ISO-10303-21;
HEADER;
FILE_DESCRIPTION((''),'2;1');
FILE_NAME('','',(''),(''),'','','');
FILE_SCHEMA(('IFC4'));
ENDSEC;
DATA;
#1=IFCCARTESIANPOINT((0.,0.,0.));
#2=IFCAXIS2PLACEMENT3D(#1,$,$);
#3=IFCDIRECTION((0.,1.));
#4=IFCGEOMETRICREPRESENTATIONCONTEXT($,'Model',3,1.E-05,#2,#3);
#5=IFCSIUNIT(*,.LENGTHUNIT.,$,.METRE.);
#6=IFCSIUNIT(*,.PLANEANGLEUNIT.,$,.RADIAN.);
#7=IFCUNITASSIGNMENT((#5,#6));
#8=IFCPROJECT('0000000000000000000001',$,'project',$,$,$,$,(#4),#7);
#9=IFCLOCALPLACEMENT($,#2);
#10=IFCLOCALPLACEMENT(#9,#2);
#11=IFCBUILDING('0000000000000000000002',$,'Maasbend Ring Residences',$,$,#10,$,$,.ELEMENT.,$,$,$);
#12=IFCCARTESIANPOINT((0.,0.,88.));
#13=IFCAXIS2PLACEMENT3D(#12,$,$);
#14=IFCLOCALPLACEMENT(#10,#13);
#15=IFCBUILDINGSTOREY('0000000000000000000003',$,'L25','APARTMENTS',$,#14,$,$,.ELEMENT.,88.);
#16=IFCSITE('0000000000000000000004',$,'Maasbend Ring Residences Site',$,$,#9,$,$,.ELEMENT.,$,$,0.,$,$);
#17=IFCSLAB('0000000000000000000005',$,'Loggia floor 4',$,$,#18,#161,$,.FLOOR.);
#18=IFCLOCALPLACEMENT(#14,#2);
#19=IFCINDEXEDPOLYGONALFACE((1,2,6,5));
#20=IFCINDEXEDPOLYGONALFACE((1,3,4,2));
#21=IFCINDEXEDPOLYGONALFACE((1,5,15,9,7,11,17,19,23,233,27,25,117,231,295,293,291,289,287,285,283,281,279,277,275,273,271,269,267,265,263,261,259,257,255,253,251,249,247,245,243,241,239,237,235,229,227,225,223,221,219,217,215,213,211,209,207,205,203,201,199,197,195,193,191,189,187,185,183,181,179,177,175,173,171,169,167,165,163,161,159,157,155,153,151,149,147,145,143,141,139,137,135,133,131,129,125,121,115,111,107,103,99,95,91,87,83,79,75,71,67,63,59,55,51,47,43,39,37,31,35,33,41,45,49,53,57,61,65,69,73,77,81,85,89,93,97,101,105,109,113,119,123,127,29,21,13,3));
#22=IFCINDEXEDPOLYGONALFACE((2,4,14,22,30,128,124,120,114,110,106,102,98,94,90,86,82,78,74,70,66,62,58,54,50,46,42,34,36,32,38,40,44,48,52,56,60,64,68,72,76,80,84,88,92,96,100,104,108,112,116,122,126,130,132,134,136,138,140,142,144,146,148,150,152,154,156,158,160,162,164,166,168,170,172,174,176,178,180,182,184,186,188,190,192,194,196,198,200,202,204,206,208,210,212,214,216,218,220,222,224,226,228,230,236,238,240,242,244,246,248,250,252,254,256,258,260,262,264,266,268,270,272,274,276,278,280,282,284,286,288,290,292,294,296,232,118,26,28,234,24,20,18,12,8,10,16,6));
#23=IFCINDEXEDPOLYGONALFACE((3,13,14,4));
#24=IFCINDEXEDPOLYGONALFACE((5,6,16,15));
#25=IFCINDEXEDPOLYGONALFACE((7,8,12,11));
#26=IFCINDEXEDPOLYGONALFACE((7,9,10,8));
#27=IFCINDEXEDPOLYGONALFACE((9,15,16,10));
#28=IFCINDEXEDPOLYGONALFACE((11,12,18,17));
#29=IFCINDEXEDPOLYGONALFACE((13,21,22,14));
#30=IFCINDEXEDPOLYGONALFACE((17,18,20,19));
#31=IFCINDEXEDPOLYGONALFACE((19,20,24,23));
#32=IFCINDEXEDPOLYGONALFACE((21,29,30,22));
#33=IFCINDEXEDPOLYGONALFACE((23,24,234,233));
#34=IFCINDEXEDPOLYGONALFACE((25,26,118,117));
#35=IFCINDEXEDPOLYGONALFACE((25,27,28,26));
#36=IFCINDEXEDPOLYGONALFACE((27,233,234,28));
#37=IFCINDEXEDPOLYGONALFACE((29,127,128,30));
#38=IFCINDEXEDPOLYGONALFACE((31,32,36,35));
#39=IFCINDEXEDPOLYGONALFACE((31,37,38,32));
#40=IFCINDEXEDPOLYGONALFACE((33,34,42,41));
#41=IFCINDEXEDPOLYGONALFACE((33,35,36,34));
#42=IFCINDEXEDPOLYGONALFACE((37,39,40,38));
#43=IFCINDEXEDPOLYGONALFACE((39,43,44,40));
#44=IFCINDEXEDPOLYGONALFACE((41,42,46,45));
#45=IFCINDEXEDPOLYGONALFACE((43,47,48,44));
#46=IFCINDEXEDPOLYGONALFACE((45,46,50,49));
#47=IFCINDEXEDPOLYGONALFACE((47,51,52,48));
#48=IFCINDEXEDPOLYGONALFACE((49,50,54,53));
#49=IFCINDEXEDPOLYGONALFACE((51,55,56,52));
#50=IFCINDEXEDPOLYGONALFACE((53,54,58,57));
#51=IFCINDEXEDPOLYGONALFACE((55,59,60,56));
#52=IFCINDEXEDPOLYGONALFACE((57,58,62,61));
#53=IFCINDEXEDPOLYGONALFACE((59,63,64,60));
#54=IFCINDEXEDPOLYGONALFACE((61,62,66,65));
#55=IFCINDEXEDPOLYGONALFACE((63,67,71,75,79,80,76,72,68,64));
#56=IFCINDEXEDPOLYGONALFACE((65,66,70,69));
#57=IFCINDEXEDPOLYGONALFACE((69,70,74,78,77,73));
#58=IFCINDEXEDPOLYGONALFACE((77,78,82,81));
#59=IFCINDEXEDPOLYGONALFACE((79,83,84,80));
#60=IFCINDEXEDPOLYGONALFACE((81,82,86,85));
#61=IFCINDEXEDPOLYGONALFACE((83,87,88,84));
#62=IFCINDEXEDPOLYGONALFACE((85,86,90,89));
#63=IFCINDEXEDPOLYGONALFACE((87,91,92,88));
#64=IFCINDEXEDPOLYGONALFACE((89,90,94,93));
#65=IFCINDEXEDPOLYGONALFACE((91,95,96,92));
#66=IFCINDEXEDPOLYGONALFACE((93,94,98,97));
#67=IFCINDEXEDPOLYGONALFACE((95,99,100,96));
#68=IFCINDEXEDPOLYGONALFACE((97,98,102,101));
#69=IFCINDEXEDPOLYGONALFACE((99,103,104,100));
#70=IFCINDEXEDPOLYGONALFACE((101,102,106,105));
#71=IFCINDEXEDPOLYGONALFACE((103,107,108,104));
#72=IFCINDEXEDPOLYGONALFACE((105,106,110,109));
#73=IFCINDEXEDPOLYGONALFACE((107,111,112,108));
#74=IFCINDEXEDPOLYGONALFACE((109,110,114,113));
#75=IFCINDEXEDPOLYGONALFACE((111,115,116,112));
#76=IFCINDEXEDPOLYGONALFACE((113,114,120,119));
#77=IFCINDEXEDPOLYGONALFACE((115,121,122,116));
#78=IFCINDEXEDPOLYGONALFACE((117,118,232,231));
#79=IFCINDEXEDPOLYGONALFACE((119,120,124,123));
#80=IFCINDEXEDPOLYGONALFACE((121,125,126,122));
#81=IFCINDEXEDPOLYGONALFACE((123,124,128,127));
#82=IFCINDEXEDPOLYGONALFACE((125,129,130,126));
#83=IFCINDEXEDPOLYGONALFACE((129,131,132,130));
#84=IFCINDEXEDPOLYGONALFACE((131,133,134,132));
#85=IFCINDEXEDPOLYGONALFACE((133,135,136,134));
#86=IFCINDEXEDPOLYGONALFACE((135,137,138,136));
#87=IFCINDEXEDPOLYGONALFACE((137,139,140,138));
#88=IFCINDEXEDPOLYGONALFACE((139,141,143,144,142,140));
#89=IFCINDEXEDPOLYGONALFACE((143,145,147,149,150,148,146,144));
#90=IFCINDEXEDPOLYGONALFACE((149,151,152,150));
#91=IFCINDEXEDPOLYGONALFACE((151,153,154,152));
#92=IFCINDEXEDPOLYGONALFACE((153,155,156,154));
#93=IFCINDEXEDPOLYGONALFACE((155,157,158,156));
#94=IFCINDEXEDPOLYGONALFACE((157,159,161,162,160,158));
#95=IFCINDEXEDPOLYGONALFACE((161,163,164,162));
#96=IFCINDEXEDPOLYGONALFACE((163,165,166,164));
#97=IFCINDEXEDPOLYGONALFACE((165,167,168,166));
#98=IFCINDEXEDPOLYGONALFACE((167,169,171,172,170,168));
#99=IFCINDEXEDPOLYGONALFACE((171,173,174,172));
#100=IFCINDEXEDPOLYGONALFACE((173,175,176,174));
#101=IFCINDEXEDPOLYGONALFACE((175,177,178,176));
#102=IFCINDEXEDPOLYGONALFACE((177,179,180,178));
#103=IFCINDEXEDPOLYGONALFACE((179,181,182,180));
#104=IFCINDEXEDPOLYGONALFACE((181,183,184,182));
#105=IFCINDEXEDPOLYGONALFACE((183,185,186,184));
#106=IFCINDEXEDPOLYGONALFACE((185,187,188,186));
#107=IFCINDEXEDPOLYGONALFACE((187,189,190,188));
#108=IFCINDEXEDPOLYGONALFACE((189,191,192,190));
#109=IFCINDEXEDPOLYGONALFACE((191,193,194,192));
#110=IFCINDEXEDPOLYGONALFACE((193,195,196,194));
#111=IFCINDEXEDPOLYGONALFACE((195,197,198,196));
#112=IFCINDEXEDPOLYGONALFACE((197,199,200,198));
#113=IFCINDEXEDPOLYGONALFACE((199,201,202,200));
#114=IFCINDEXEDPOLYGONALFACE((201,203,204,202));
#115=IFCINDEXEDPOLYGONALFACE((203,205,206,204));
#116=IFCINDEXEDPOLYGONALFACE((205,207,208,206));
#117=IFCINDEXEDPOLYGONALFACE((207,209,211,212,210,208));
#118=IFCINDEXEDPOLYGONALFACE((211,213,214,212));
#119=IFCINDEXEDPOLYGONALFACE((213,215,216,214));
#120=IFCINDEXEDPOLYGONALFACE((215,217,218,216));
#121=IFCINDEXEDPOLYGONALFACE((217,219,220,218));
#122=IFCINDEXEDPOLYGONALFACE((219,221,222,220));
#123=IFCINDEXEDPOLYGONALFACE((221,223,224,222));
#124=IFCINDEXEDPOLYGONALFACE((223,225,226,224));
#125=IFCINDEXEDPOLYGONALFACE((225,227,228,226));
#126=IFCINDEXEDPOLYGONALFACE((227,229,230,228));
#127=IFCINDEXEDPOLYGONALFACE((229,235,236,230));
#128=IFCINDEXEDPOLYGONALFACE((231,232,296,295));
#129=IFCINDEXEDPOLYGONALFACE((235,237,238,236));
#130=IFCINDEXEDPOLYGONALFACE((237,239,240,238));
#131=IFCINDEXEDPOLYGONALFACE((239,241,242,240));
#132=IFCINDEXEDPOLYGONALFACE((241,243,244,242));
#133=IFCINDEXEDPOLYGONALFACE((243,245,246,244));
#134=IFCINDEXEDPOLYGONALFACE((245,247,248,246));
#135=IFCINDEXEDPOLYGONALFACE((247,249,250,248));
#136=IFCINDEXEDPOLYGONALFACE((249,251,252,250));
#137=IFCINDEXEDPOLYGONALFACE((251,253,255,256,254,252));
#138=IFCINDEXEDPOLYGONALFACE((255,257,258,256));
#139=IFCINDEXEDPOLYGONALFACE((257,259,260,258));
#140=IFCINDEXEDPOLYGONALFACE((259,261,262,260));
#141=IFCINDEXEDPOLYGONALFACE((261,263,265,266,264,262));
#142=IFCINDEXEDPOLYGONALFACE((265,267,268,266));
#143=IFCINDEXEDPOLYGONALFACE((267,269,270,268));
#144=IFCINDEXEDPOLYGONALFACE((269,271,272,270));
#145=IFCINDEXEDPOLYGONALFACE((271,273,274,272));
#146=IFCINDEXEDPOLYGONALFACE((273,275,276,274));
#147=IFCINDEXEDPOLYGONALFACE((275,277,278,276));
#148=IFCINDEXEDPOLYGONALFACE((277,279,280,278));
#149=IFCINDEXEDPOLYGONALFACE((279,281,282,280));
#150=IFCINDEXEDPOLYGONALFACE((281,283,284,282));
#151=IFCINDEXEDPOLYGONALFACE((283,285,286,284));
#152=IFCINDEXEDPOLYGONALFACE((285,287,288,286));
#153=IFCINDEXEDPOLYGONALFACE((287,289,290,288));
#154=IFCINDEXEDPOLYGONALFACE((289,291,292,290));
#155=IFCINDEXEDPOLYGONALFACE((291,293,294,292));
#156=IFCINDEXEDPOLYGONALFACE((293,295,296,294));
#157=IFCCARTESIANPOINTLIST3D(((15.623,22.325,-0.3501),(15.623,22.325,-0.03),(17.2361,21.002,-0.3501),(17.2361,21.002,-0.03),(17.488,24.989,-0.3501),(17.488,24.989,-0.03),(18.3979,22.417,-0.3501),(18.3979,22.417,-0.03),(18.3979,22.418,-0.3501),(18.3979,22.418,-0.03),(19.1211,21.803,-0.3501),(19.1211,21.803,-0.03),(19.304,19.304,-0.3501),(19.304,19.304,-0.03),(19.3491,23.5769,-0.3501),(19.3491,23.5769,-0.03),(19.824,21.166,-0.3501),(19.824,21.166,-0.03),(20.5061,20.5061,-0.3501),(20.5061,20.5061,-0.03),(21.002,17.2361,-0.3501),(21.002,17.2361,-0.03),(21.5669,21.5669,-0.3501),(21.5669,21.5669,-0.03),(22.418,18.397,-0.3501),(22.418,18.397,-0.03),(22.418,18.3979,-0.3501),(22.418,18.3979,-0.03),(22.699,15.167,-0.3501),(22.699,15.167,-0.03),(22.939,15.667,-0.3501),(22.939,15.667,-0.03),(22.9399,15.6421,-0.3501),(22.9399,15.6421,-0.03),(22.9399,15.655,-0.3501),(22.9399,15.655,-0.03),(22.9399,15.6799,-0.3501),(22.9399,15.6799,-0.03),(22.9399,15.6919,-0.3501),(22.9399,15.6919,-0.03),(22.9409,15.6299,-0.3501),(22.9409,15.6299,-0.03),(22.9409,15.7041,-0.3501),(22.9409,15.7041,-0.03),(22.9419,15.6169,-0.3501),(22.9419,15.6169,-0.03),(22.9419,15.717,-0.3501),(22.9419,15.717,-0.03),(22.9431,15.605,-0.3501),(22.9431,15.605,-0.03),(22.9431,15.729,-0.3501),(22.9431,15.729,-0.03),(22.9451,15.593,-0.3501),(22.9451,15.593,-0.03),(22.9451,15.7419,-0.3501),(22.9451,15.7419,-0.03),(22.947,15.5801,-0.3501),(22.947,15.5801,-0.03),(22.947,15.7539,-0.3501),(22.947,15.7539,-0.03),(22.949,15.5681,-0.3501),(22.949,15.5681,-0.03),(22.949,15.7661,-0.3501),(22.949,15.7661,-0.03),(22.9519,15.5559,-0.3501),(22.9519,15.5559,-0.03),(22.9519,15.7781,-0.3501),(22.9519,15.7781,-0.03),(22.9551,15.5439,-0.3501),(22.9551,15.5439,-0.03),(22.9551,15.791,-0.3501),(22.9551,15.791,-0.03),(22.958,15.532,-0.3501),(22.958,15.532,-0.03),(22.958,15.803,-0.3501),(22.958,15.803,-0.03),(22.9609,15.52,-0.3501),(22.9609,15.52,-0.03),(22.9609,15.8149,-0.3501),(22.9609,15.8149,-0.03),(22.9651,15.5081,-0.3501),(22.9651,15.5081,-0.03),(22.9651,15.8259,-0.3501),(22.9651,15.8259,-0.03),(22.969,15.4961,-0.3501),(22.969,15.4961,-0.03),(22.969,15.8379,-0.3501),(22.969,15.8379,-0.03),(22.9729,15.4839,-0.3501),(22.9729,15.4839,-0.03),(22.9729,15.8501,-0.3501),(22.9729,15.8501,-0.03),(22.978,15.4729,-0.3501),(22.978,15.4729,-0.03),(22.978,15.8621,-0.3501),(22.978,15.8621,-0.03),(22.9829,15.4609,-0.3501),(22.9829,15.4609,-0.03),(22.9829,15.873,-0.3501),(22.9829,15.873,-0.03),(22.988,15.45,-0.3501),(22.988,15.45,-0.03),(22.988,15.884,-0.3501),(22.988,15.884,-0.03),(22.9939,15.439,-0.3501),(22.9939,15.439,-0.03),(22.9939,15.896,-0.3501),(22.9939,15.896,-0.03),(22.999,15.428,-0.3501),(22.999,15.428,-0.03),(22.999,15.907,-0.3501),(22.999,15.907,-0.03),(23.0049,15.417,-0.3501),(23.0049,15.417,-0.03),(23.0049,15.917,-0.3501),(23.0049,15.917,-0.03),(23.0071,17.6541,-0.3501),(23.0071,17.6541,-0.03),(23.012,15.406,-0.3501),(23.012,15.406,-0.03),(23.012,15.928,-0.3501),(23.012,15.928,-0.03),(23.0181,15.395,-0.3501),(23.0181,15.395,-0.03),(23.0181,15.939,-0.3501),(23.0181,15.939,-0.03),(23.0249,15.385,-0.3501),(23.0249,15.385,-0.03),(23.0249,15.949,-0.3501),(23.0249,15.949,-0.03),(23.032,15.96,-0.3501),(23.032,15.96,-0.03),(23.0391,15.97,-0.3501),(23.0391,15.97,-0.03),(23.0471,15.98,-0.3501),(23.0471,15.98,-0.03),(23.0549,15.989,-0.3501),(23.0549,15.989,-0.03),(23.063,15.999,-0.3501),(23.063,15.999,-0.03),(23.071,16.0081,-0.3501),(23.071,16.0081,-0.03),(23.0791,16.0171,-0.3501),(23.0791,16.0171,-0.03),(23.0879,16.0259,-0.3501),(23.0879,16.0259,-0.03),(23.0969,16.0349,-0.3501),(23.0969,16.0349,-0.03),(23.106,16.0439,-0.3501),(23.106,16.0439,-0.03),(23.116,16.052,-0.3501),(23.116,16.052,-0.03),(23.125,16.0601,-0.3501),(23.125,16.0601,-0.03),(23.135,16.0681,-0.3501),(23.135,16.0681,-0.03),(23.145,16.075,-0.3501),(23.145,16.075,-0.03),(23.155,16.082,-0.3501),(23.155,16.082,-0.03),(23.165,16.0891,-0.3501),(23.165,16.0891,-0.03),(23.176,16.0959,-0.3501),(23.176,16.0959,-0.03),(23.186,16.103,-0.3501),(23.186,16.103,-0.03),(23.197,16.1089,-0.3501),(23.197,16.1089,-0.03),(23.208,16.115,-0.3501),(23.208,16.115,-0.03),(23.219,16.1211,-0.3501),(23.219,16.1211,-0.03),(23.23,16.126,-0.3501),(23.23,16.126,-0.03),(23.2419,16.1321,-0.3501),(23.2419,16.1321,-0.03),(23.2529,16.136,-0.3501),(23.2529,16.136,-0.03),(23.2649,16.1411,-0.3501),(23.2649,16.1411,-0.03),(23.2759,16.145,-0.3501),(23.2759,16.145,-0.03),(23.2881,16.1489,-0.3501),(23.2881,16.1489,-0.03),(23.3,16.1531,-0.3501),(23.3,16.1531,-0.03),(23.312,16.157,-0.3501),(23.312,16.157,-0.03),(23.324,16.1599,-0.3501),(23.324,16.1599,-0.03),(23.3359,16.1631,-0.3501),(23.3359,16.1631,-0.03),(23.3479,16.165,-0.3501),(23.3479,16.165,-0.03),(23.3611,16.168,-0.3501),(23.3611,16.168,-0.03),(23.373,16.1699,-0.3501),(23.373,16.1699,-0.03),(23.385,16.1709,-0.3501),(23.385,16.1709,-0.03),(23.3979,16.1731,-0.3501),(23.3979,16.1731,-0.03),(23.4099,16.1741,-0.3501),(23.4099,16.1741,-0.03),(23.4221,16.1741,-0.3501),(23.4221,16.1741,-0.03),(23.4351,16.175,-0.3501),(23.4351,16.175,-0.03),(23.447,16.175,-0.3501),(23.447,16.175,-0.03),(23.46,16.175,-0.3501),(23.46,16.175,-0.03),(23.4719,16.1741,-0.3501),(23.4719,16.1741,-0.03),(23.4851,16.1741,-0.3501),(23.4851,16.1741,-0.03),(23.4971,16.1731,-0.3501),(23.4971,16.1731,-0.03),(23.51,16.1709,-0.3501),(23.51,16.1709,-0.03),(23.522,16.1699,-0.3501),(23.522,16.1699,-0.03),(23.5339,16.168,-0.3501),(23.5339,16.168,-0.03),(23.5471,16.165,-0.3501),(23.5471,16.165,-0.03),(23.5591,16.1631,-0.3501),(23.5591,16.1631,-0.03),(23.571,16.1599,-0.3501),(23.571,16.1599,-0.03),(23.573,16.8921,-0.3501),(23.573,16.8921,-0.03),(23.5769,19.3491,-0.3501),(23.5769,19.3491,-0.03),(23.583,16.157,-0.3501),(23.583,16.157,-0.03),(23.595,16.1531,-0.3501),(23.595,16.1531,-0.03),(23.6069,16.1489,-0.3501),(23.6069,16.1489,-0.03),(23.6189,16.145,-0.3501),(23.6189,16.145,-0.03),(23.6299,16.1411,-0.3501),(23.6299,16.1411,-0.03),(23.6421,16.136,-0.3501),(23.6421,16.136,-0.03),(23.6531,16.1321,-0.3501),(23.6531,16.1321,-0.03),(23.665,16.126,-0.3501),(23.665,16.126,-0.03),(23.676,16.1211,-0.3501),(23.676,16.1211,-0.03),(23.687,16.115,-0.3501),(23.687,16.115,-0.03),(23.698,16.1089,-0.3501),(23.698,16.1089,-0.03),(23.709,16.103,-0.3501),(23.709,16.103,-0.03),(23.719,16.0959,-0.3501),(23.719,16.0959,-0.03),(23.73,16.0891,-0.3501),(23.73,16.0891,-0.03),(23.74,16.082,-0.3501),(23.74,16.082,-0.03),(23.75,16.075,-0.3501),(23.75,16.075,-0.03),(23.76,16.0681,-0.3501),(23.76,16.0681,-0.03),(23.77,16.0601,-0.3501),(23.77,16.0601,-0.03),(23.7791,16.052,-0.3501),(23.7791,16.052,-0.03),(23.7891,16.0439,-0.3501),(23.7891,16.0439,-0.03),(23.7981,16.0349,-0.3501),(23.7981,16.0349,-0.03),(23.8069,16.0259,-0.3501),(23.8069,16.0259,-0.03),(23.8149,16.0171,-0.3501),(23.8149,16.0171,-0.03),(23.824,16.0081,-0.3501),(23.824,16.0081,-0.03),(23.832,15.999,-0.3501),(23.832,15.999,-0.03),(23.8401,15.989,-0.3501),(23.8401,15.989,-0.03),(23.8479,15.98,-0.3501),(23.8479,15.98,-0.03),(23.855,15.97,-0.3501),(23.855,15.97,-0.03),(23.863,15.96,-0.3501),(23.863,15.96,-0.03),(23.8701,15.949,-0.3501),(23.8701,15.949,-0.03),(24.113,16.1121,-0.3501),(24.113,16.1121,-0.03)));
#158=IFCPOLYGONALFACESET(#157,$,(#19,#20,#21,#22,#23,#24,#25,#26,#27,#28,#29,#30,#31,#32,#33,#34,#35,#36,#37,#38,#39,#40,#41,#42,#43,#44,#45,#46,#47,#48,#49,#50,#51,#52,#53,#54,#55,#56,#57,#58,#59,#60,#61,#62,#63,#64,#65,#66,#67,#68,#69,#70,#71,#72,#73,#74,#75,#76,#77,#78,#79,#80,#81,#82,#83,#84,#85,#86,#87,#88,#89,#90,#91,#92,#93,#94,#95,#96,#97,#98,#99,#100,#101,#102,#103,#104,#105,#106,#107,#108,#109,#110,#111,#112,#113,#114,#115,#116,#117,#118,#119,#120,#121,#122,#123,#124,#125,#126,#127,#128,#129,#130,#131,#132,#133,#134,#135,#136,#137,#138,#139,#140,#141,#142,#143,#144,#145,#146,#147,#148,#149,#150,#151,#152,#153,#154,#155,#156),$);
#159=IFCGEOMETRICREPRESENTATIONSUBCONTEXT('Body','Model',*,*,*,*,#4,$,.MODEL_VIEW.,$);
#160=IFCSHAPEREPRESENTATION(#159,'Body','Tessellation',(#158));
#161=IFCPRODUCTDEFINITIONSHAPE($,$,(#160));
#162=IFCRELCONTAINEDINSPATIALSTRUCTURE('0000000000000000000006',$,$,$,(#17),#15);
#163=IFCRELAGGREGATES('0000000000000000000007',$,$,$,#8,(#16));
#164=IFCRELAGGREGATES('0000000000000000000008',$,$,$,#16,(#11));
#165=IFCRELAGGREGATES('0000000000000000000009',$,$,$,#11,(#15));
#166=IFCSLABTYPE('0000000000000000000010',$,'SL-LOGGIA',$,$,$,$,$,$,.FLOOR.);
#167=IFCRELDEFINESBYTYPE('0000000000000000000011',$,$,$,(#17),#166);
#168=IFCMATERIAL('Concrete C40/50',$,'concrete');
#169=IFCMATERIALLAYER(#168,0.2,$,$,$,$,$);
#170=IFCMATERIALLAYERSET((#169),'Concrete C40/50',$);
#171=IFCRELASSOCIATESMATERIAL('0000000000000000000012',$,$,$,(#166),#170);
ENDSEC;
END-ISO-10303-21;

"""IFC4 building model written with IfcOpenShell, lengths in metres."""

from ifc_helpers import new_model, si_unit, direction, frame, origin, place, context, subcontext, project, spatial, polyline, outline, extrude, material, layer, layer_set, type_object, element, save


model = new_model("IFC4")

# Units and contexts
model_context = context("Model", 3, precision=1e-05, world=origin(), true_north=direction((0.0, 1.0)))
body_context = subcontext(model_context, "Body", "Model", "MODEL_VIEW")
ifc_project = project(units=[si_unit("LENGTHUNIT", "METRE"), si_unit("PLANEANGLEUNIT", "RADIAN")], contexts=[model_context])

# Site, building, storey
site_placement = place(None, origin())
site = spatial("IfcSite", under=ifc_project, at=site_placement, Name="Maasbend Ring Residences Site", CompositionType="ELEMENT", RefElevation=0.0)
building_placement = place(site_placement, origin())
building = spatial("IfcBuilding", under=site, at=building_placement, Name="Maasbend Ring Residences", CompositionType="ELEMENT")
storey_placement = place(building_placement, frame((0.0, 0.0, 88.0)))
storey = spatial("IfcBuildingStorey", under=building, at=storey_placement, Name="L25", Description="APARTMENTS", CompositionType="ELEMENT", Elevation=88.0)

# Slab
ifc_material_1 = material(Name="Concrete C40/50", Category="concrete")
ifc_layer_1 = layer(ifc_material_1, 0.2)
ifc_layer_set_1 = layer_set([ifc_layer_1], Name="Concrete C40/50")
slab_type_1 = type_object("IfcSlabType", Name="SL-LOGGIA", PredefinedType="FLOOR", material=ifc_layer_set_1)
slab_1_placement = place(storey_placement, frame((0.0, 0.0, -0.3501)))
element("IfcSlab", 1, at=slab_1_placement, inside=storey, type_object=slab_type_1, Name="Loggia floor 4", PredefinedType="FLOOR", context=body_context, shape_type="SweptSolid", body=[
    extrude(outline(polyline([(19.3491, 23.5769), (19.3491, 23.5769), (19.3491, 23.5769), (18.3979, 22.418), (18.3979, 22.418), (18.3979, 22.418), (18.3979, 22.418), (18.3979, 22.418), (18.3979, 22.417), (18.3979, 22.417), (18.3979, 22.417), (18.3979, 22.417), (18.3979, 22.417), (18.3979, 22.417), (18.3979, 22.417), (18.3979, 22.417), (18.3979, 22.417), (18.3979, 22.417), (18.3979, 22.417), (18.3979, 22.417), (19.1211, 21.803), (19.1211, 21.803), (19.824, 21.166), (19.824, 21.166), (20.5061, 20.5061), (20.5061, 20.5061), (20.5061, 20.5061), (20.5061, 20.5061), (20.5061, 20.5061), (20.5061, 20.5061), (20.5061, 20.5061), (20.5061, 20.5061), (20.5061, 20.5061), (20.5061, 20.5061), (20.5061, 20.5061), (20.5061, 20.5061), (20.5061, 20.5061), (20.5061, 20.5061), (20.5061, 20.5061), (20.5061, 20.5061), (20.5061, 20.5061), (21.5669, 21.5669), (21.5669, 21.5669), (21.5669, 21.5669), (23.5769, 19.3491), (23.5769, 19.3491), (23.5769, 19.3491), (22.418, 18.3979), (22.418, 18.3979), (22.418, 18.3979), (22.418, 18.3979), (22.418, 18.3979), (22.418, 18.3979), (22.418, 18.397), (22.418, 18.397), (22.418, 18.397), (22.418, 18.397), (22.418, 18.397), (22.418, 18.397), (22.418, 18.397), (22.418, 18.397), (22.418, 18.397), (22.418, 18.397), (22.418, 18.397), (23.0071, 17.6541), (23.0071, 17.6541), (23.573, 16.8921), (23.573, 16.8921), (24.113, 16.1121), (24.113, 16.1121), (24.113, 16.1121), (23.8701, 15.949), (23.8701, 15.949), (23.863, 15.96), (23.855, 15.97), (23.8479, 15.98), (23.8401, 15.989), (23.832, 15.999), (23.824, 16.0081), (23.8149, 16.0171), (23.8069, 16.0259), (23.7981, 16.0349), (23.7891, 16.0439), (23.7791, 16.052), (23.77, 16.0601), (23.76, 16.0681), (23.75, 16.075), (23.74, 16.082), (23.73, 16.0891), (23.719, 16.0959), (23.709, 16.103), (23.698, 16.1089), (23.687, 16.115), (23.676, 16.1211), (23.665, 16.126), (23.6531, 16.1321), (23.6421, 16.136), (23.6299, 16.1411), (23.6189, 16.145), (23.6069, 16.1489), (23.595, 16.1531), (23.583, 16.157), (23.571, 16.1599), (23.5591, 16.1631), (23.5471, 16.165), (23.5339, 16.168), (23.522, 16.1699), (23.51, 16.1709), (23.4971, 16.1731), (23.4851, 16.1741), (23.4719, 16.1741), (23.46, 16.175), (23.447, 16.175), (23.4351, 16.175), (23.4221, 16.1741), (23.4099, 16.1741), (23.3979, 16.1731), (23.385, 16.1709), (23.373, 16.1699), (23.3611, 16.168), (23.3479, 16.165), (23.3359, 16.1631), (23.324, 16.1599), (23.312, 16.157), (23.3, 16.1531), (23.2881, 16.1489), (23.2759, 16.145), (23.2649, 16.1411), (23.2529, 16.136), (23.2419, 16.1321), (23.23, 16.126), (23.219, 16.1211), (23.208, 16.115), (23.197, 16.1089), (23.186, 16.103), (23.176, 16.0959), (23.165, 16.0891), (23.155, 16.082), (23.145, 16.075), (23.135, 16.0681), (23.125, 16.0601), (23.116, 16.052), (23.106, 16.0439), (23.0969, 16.0349), (23.0879, 16.0259), (23.0791, 16.0171), (23.071, 16.0081), (23.063, 15.999), (23.0549, 15.989), (23.0471, 15.98), (23.0391, 15.97), (23.032, 15.96), (23.0249, 15.949), (23.0181, 15.939), (23.012, 15.928), (23.0049, 15.917), (22.999, 15.907), (22.9939, 15.896), (22.988, 15.884), (22.9829, 15.873), (22.978, 15.8621), (22.9729, 15.8501), (22.969, 15.8379), (22.9651, 15.8259), (22.9609, 15.8149), (22.958, 15.803), (22.9551, 15.791), (22.9519, 15.7781), (22.949, 15.7661), (22.947, 15.7539), (22.9451, 15.7419), (22.9431, 15.729), (22.9419, 15.717), (22.9409, 15.7041), (22.9399, 15.6919), (22.9399, 15.6799), (22.939, 15.667), (22.9399, 15.655), (22.9399, 15.6421), (22.9409, 15.6299), (22.9419, 15.6169), (22.9431, 15.605), (22.9451, 15.593), (22.947, 15.5801), (22.949, 15.5681), (22.9519, 15.5559), (22.9551, 15.5439), (22.958, 15.532), (22.9609, 15.52), (22.9651, 15.5081), (22.969, 15.4961), (22.9729, 15.4839), (22.978, 15.4729), (22.9829, 15.4609), (22.988, 15.45), (22.9939, 15.439), (22.999, 15.428), (23.0049, 15.417), (23.012, 15.406), (23.0181, 15.395), (23.0249, 15.385), (23.0249, 15.385), (22.699, 15.167), (22.699, 15.167), (22.699, 15.167), (21.002, 17.2361), (19.304, 19.304), (19.304, 19.304), (19.304, 19.304), (17.2361, 21.002), (15.623, 22.325), (15.623, 22.325), (15.623, 22.325), (17.488, 24.989), (17.488, 24.989), (17.488, 24.989), (19.3491, 23.5769)])), origin(), (0.0, 0.0, 1.0), 0.3201),
])

save(model, "model.ifc")
